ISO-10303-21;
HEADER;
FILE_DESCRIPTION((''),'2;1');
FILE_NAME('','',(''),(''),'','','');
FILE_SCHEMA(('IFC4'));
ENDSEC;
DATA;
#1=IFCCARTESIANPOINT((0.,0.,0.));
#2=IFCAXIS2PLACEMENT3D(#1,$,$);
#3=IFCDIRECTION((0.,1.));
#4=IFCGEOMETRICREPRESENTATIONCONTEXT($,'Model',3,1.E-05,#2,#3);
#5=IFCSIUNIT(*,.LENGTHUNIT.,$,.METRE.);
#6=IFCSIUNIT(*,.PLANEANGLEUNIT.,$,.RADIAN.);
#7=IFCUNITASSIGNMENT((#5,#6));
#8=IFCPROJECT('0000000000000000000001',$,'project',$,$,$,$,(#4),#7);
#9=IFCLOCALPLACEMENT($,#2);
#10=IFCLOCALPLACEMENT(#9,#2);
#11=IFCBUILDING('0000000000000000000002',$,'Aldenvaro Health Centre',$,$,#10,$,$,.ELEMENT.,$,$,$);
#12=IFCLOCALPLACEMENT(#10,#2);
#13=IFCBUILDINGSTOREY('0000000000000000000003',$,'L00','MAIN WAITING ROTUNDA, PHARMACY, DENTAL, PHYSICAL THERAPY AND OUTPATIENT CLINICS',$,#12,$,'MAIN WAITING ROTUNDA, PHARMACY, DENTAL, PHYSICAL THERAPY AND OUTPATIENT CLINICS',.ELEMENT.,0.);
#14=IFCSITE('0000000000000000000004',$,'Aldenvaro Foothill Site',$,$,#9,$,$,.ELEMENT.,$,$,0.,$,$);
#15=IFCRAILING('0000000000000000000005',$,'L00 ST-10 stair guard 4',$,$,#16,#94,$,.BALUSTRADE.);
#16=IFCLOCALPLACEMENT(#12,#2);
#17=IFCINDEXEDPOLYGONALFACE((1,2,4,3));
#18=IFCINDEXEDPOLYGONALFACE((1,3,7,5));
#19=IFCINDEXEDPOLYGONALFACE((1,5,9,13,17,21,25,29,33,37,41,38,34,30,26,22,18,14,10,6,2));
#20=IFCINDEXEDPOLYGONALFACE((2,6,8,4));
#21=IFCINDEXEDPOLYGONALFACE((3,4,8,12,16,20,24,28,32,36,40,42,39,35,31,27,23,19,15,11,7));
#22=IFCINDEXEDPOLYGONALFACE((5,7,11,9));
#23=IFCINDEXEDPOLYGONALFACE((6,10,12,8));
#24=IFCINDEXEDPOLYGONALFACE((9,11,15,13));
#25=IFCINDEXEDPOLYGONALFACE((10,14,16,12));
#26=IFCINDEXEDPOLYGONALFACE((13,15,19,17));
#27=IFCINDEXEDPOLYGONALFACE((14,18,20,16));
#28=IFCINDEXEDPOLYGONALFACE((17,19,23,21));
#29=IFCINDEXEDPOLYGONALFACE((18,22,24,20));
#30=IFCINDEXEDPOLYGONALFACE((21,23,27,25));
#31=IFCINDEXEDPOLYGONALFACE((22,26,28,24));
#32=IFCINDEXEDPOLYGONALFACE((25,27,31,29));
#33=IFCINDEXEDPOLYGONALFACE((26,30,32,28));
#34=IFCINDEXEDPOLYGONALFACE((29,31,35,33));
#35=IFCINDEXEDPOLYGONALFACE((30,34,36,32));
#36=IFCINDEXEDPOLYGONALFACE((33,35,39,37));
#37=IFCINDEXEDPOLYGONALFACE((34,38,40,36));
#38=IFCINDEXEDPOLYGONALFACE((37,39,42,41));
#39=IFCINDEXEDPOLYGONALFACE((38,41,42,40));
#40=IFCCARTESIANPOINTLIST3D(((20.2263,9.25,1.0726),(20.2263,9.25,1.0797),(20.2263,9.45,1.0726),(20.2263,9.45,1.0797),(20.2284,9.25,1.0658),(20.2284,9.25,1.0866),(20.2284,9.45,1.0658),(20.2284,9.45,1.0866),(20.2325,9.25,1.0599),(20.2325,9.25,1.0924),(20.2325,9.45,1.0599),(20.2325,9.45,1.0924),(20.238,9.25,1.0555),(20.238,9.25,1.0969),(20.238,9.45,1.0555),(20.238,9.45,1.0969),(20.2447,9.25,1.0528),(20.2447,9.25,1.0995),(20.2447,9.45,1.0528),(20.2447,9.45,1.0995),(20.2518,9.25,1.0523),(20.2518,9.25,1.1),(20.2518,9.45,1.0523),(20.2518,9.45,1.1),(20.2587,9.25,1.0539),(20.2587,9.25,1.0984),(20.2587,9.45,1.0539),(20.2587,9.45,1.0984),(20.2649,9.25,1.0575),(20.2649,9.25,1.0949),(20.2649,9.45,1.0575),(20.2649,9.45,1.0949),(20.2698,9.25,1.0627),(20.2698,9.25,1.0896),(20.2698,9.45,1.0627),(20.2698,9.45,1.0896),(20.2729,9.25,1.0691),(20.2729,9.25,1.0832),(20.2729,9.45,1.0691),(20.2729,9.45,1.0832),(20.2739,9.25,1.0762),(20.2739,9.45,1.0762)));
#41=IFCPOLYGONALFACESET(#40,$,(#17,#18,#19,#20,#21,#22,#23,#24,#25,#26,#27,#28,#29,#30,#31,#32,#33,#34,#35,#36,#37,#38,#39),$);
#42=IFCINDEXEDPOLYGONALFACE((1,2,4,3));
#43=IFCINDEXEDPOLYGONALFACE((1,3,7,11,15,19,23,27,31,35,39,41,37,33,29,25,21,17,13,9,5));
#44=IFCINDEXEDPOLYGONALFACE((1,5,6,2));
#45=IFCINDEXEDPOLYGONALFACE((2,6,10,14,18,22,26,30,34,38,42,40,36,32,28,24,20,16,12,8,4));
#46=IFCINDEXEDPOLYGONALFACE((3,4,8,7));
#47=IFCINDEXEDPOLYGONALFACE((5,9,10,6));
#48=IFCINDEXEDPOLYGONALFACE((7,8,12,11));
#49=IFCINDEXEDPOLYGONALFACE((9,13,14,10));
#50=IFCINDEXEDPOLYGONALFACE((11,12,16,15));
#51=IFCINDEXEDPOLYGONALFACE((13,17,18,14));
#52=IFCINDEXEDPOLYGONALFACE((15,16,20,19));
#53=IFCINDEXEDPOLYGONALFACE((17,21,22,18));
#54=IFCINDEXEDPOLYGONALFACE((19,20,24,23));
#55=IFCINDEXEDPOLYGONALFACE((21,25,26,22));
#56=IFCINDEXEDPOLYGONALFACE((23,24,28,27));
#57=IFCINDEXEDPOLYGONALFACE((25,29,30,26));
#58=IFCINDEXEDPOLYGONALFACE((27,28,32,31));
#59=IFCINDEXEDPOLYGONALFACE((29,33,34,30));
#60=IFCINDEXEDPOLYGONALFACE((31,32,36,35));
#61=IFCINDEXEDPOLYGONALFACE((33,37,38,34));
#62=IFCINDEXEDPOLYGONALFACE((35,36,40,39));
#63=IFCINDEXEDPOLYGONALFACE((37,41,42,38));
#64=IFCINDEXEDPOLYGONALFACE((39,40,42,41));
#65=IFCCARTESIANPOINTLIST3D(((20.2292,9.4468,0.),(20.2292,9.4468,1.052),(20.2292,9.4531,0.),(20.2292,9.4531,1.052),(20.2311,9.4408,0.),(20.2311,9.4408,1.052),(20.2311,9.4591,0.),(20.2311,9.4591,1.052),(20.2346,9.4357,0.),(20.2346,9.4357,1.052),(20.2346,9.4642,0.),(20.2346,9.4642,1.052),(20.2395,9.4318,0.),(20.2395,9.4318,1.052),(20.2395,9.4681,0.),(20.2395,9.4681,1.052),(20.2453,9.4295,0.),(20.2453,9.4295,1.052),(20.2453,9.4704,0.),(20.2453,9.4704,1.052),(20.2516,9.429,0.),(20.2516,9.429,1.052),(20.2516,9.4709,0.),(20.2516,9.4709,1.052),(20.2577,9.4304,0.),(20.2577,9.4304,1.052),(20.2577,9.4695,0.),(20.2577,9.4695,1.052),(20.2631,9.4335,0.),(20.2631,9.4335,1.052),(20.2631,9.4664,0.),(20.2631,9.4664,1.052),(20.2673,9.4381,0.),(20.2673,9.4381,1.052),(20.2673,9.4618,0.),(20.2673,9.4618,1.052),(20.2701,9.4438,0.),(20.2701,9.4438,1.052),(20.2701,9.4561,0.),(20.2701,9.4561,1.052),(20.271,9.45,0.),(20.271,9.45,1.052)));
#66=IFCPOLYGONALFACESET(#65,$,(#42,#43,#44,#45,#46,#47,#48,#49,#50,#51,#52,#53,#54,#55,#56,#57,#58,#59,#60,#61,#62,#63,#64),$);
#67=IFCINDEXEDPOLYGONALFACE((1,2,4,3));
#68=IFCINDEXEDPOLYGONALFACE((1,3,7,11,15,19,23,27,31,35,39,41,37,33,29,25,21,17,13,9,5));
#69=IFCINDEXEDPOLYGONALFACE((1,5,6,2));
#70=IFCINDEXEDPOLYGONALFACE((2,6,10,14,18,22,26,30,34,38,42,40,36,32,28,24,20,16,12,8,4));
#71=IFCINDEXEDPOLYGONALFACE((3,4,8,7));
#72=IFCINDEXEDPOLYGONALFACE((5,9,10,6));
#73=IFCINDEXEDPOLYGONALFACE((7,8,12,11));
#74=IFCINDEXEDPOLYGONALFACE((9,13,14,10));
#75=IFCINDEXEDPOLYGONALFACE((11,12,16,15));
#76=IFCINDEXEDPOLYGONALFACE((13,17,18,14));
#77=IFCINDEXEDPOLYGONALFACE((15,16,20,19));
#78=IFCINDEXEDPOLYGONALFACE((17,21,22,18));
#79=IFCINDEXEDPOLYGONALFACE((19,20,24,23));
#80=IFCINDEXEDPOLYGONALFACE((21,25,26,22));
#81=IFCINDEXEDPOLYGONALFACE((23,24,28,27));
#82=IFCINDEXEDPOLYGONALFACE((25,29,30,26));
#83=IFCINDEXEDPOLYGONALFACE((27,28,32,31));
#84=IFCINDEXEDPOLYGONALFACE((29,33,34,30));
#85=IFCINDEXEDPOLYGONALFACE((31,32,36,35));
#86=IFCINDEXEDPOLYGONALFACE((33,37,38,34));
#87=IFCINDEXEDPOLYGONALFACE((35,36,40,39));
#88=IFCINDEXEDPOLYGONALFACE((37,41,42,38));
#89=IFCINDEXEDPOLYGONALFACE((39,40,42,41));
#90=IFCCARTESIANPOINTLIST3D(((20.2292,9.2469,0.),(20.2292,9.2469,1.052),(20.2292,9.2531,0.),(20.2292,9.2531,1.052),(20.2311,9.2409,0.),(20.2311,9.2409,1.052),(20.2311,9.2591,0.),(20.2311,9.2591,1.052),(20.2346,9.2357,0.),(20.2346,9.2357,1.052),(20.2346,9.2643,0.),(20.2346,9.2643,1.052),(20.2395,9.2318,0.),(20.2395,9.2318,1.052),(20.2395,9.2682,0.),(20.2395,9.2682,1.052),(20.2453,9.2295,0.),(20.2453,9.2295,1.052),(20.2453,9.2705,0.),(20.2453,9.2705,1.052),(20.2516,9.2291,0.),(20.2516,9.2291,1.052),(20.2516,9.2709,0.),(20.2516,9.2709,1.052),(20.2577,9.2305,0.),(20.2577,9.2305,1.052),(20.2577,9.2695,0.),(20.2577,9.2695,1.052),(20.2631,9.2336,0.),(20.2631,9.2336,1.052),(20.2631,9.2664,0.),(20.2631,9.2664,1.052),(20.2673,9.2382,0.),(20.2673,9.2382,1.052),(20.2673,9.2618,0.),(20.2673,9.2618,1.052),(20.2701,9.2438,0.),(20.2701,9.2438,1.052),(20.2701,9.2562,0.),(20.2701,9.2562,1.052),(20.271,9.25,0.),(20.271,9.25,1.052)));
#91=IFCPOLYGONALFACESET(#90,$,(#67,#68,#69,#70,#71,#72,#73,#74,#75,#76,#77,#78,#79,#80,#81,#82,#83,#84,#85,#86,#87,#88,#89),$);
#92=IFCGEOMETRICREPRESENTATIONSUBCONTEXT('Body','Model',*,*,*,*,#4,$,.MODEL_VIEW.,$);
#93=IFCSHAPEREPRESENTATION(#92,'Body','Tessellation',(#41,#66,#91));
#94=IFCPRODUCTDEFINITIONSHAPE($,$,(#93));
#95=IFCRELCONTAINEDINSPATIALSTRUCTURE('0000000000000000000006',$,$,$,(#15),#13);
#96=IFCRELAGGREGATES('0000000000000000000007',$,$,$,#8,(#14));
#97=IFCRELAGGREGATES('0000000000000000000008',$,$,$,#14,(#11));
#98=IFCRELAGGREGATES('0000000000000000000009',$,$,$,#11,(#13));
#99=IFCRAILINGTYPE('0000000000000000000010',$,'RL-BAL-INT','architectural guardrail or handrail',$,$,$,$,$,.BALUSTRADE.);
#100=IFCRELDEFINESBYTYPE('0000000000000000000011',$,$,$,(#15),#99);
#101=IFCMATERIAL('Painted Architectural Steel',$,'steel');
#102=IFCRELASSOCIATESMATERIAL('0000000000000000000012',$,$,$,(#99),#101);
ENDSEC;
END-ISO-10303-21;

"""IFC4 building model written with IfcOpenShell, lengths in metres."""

from ifc_helpers import new_model, si_unit, direction, frame, origin, origin_2d, place, context, subcontext, project, spatial, circle, extrude, material, type_object, element, save


model = new_model("IFC4")

# Units and contexts
model_context = context("Model", 3, precision=1e-05, world=origin(), true_north=direction((0.0, 1.0)))
body_context = subcontext(model_context, "Body", "Model", "MODEL_VIEW")
ifc_project = project(units=[si_unit("LENGTHUNIT", "METRE"), si_unit("PLANEANGLEUNIT", "RADIAN")], contexts=[model_context])

# Site, building, storey
site_placement = place(None, origin())
site = spatial("IfcSite", under=ifc_project, at=site_placement, Name="Aldenvaro Foothill Site", CompositionType="ELEMENT", RefElevation=0.0)
building_placement = place(site_placement, origin())
building = spatial("IfcBuilding", under=site, at=building_placement, Name="Aldenvaro Health Centre", CompositionType="ELEMENT")
storey_placement = place(building_placement, origin())
storey = spatial("IfcBuildingStorey", under=building, at=storey_placement, Name="L00", Description="MAIN WAITING ROTUNDA, PHARMACY, DENTAL, PHYSICAL THERAPY AND OUTPATIENT CLINICS", LongName="MAIN WAITING ROTUNDA, PHARMACY, DENTAL, PHYSICAL THERAPY AND OUTPATIENT CLINICS", CompositionType="ELEMENT", Elevation=0.0)

# Railing
ifc_material_1 = material(Name="Painted Architectural Steel", Category="steel")
railing_type_1 = type_object("IfcRailingType", Name="RL-BAL-INT", Description="architectural guardrail or handrail", PredefinedType="BALUSTRADE", material=ifc_material_1)
railing_1_placement = place(storey_placement, frame((20.25, 9.45, 0.0)))
element("IfcRailing", 1, at=railing_1_placement, inside=storey, type_object=railing_type_1, Name="L00 ST-10 stair guard 4", PredefinedType="BALUSTRADE", context=body_context, shape_type="SweptSolid", body=[
    extrude(circle(Radius=0.0239, at=origin_2d()), frame((0.0, 0.0, 1.0762), z_axis=(0.0, -1.0, 0.0), x_axis=(1.0, 0.0, 0.0)), (0.0, 0.0, 1.0), 0.2),
    extrude(circle(Radius=0.021, at=origin_2d()), origin(), (0.0, 0.0, 1.0), 1.052),
    extrude(circle(Radius=0.021, at=origin_2d()), frame((0.0, -0.2, 0.0)), (0.0, 0.0, 1.0), 1.052),
])

save(model, "model.ifc")
